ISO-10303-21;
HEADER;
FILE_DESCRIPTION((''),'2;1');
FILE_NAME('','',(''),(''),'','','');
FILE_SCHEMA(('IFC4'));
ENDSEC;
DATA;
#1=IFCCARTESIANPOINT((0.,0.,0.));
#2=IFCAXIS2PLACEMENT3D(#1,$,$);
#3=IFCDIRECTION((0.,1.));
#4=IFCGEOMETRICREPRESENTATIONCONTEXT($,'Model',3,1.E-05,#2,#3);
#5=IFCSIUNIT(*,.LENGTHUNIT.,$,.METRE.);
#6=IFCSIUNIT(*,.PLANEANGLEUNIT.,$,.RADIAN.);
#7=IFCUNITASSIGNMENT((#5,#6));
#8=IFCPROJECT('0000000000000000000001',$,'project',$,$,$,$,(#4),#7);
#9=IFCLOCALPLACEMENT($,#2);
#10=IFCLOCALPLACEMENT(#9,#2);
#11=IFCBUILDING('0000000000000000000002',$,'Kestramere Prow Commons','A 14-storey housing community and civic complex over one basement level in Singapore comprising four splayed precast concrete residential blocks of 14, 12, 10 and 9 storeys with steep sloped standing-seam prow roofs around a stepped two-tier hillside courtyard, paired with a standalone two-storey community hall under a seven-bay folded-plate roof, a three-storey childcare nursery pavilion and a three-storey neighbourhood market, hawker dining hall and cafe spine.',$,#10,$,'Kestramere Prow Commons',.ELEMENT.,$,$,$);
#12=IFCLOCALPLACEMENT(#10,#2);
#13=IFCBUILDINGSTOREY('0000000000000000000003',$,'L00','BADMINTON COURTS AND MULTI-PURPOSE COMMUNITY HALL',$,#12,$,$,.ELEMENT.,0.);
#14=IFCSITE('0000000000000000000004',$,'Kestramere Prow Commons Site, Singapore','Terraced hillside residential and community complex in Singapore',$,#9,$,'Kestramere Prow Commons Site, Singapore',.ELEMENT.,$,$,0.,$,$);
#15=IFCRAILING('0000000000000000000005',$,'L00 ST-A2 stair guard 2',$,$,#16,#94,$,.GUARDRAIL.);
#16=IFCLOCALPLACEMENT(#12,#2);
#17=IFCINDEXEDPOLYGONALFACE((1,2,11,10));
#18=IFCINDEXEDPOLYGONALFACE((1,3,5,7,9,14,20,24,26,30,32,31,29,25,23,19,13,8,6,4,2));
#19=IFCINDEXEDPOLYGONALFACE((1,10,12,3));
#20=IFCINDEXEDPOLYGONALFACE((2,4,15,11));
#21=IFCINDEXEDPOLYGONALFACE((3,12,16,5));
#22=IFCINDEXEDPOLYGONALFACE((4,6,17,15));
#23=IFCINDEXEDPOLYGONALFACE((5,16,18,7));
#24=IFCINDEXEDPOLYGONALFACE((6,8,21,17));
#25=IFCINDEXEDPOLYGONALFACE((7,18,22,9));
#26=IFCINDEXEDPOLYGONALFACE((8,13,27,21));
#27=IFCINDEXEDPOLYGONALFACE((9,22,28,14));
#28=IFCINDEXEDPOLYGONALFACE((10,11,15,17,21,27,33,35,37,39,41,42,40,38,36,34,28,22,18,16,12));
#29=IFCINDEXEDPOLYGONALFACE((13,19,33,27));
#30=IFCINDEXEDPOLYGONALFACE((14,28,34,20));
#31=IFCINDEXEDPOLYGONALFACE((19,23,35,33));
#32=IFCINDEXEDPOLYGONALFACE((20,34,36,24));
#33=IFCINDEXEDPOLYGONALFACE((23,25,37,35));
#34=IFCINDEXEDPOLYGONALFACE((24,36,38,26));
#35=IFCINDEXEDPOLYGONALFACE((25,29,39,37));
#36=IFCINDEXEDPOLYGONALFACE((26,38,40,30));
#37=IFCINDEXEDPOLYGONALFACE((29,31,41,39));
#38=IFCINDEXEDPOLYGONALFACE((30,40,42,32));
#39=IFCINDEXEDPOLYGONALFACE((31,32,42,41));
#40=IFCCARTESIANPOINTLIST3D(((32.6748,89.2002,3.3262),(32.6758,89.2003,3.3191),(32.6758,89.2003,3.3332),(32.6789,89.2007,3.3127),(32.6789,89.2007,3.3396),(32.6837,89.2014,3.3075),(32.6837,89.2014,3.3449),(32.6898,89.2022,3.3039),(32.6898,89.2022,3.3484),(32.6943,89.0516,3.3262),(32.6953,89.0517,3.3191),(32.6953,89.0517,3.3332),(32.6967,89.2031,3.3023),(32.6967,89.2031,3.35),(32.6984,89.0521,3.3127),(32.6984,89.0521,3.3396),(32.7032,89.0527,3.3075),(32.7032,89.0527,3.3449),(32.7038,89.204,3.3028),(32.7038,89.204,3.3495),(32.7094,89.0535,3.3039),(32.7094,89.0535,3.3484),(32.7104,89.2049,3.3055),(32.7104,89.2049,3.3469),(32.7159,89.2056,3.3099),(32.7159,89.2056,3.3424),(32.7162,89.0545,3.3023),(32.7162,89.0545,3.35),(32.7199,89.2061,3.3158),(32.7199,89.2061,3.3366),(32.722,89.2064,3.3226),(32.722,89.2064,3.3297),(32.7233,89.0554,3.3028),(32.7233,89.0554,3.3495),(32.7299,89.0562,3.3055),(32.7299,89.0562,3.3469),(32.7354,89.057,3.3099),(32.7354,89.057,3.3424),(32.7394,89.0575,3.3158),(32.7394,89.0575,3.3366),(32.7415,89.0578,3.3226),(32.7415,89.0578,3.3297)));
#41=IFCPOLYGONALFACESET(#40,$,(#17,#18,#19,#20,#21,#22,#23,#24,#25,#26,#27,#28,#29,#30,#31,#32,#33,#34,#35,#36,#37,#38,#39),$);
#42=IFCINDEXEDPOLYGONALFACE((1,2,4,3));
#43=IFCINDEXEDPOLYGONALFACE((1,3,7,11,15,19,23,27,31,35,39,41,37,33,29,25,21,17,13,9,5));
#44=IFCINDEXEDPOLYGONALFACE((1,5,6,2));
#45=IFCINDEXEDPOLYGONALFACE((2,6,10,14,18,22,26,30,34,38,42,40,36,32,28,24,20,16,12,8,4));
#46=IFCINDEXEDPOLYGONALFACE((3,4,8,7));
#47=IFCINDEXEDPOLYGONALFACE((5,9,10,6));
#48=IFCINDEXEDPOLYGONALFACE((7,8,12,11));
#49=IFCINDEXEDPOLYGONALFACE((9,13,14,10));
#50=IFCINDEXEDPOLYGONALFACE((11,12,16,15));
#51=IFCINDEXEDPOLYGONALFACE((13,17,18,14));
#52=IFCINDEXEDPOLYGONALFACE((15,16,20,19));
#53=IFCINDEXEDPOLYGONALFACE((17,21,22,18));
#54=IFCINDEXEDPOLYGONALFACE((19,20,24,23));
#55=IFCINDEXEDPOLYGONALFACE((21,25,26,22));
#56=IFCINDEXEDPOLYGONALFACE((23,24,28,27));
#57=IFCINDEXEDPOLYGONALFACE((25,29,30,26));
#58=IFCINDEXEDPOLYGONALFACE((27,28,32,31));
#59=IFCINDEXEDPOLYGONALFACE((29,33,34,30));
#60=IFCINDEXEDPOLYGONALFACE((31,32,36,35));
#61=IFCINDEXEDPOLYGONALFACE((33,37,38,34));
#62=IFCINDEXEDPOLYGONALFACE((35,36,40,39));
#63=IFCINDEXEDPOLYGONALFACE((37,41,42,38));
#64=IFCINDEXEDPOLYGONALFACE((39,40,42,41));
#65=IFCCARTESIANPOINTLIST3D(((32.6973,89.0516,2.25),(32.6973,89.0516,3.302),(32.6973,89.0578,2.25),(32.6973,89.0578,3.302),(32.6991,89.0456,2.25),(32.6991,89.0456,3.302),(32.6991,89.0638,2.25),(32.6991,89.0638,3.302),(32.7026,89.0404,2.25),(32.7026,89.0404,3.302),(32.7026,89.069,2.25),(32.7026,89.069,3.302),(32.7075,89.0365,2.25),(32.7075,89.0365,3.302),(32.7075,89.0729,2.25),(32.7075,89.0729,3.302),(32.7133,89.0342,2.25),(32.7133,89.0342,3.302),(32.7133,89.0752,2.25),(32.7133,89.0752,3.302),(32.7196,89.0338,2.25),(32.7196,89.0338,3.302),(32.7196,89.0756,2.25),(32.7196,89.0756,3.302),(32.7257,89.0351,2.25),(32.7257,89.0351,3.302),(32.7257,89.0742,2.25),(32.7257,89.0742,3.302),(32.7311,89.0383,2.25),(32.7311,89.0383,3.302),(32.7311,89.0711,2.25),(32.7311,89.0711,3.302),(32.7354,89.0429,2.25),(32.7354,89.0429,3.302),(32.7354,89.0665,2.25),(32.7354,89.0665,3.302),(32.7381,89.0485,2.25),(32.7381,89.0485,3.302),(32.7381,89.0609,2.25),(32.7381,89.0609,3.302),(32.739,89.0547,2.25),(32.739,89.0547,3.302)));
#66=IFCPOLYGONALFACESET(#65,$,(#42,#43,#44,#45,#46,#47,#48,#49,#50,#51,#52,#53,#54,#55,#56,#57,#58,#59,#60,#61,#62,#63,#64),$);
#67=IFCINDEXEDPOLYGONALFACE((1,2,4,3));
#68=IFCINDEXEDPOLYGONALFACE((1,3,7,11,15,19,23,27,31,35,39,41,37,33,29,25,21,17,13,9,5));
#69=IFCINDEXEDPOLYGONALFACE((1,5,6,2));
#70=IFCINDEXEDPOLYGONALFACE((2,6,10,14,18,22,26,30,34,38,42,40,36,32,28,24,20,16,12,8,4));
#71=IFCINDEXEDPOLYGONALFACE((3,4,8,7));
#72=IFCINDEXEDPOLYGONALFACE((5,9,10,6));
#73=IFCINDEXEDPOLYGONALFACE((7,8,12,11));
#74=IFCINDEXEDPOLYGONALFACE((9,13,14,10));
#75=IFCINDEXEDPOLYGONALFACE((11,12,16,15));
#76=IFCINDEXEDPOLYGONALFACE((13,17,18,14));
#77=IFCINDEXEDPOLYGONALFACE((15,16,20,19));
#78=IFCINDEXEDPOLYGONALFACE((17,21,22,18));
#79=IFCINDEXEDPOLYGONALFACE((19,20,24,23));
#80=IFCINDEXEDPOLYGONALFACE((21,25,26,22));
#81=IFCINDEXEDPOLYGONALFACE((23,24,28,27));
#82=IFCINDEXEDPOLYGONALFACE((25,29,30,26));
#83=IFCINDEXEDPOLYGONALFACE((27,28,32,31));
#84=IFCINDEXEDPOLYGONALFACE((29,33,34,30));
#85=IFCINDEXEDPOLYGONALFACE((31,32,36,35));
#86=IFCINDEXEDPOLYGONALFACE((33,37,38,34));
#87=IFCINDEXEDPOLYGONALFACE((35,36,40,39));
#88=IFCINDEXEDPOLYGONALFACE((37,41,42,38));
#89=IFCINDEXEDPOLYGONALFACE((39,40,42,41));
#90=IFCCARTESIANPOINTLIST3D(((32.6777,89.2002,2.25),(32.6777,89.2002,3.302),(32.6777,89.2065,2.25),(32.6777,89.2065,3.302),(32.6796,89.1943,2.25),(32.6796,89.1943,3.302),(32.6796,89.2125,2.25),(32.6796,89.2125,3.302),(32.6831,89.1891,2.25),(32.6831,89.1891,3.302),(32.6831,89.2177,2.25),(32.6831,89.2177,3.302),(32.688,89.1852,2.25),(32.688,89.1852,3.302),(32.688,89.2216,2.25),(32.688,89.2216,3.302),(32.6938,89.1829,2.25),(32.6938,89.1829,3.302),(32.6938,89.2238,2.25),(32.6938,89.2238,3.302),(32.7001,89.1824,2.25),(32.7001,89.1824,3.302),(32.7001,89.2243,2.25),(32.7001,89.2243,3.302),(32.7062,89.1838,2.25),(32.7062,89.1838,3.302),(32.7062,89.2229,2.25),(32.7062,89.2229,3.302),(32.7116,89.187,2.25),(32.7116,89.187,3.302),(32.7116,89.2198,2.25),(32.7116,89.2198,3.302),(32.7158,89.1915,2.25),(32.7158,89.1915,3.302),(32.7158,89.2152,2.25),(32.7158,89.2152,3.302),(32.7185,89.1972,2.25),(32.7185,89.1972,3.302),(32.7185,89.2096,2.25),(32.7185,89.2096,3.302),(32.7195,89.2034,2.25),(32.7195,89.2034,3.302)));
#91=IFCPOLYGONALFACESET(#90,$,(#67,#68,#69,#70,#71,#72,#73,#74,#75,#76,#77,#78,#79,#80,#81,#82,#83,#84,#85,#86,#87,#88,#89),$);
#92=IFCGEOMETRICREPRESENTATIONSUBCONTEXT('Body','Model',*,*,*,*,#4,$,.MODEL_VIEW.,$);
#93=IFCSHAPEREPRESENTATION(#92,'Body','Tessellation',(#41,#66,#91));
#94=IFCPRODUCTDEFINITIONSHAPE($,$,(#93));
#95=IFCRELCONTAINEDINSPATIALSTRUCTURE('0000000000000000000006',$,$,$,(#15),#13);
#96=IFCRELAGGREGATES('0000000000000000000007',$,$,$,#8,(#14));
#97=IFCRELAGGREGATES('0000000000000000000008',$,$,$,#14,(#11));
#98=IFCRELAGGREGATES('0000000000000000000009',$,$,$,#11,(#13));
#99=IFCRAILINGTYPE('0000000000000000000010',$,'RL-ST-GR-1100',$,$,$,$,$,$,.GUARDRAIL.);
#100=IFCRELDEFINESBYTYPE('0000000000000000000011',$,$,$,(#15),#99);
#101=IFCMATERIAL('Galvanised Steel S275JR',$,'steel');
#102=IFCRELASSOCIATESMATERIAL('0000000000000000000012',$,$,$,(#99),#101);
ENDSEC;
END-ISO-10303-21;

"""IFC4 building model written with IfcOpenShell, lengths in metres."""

from ifc_helpers import new_model, si_unit, direction, frame, origin, origin_2d, place, context, subcontext, project, spatial, circle, extrude, material, type_object, element, save


model = new_model("IFC4")

# Units and contexts
model_context = context("Model", 3, precision=1e-05, world=origin(), true_north=direction((0.0, 1.0)))
body_context = subcontext(model_context, "Body", "Model", "MODEL_VIEW")
ifc_project = project(units=[si_unit("LENGTHUNIT", "METRE"), si_unit("PLANEANGLEUNIT", "RADIAN")], contexts=[model_context])

# Site, building, storey
site_placement = place(None, origin())
site = spatial("IfcSite", under=ifc_project, at=site_placement, Name="Kestramere Prow Commons Site, Singapore", Description="Terraced hillside residential and community complex in Singapore", LongName="Kestramere Prow Commons Site, Singapore", CompositionType="ELEMENT", RefElevation=0.0)
building_placement = place(site_placement, origin())
building = spatial("IfcBuilding", under=site, at=building_placement, Name="Kestramere Prow Commons", Description="A 14-storey housing community and civic complex over one basement level in Singapore comprising four splayed precast concrete residential blocks of 14, 12, 10 and 9 storeys with steep sloped standing-seam prow roofs around a stepped two-tier hillside courtyard, paired with a standalone two-storey community hall under a seven-bay folded-plate roof, a three-storey childcare nursery pavilion and a three-storey neighbourhood market, hawker dining hall and cafe spine.", LongName="Kestramere Prow Commons", CompositionType="ELEMENT")
storey_placement = place(building_placement, origin())
storey = spatial("IfcBuildingStorey", under=building, at=storey_placement, Name="L00", Description="BADMINTON COURTS AND MULTI-PURPOSE COMMUNITY HALL", CompositionType="ELEMENT", Elevation=0.0)

# Railing
ifc_material_1 = material(Name="Galvanised Steel S275JR", Category="steel")
railing_type_1 = type_object("IfcRailingType", Name="RL-ST-GR-1100", PredefinedType="GUARDRAIL", material=ifc_material_1)
railing_1_placement = place(storey_placement, frame((32.718, 89.0547, 2.25)))
element("IfcRailing", 1, at=railing_1_placement, inside=storey, type_object=railing_type_1, Name="L00 ST-A2 stair guard 2", PredefinedType="GUARDRAIL", context=body_context, shape_type="SweptSolid", body=[
    extrude(circle(Radius=0.0239, at=origin_2d()), frame((0.0, 0.0, 1.0762), z_axis=(-0.130244, 0.991482, 0.0), x_axis=(-0.991482, -0.130244, 0.0)), (0.0, 0.0, 1.0), 0.1499),
    extrude(circle(Radius=0.021, at=origin_2d()), origin(), (0.0, 0.0, 1.0), 1.052),
    extrude(circle(Radius=0.021, at=origin_2d()), frame((-0.0195, 0.1487, 0.0)), (0.0, 0.0, 1.0), 1.052),
])

save(model, "model.ifc")
